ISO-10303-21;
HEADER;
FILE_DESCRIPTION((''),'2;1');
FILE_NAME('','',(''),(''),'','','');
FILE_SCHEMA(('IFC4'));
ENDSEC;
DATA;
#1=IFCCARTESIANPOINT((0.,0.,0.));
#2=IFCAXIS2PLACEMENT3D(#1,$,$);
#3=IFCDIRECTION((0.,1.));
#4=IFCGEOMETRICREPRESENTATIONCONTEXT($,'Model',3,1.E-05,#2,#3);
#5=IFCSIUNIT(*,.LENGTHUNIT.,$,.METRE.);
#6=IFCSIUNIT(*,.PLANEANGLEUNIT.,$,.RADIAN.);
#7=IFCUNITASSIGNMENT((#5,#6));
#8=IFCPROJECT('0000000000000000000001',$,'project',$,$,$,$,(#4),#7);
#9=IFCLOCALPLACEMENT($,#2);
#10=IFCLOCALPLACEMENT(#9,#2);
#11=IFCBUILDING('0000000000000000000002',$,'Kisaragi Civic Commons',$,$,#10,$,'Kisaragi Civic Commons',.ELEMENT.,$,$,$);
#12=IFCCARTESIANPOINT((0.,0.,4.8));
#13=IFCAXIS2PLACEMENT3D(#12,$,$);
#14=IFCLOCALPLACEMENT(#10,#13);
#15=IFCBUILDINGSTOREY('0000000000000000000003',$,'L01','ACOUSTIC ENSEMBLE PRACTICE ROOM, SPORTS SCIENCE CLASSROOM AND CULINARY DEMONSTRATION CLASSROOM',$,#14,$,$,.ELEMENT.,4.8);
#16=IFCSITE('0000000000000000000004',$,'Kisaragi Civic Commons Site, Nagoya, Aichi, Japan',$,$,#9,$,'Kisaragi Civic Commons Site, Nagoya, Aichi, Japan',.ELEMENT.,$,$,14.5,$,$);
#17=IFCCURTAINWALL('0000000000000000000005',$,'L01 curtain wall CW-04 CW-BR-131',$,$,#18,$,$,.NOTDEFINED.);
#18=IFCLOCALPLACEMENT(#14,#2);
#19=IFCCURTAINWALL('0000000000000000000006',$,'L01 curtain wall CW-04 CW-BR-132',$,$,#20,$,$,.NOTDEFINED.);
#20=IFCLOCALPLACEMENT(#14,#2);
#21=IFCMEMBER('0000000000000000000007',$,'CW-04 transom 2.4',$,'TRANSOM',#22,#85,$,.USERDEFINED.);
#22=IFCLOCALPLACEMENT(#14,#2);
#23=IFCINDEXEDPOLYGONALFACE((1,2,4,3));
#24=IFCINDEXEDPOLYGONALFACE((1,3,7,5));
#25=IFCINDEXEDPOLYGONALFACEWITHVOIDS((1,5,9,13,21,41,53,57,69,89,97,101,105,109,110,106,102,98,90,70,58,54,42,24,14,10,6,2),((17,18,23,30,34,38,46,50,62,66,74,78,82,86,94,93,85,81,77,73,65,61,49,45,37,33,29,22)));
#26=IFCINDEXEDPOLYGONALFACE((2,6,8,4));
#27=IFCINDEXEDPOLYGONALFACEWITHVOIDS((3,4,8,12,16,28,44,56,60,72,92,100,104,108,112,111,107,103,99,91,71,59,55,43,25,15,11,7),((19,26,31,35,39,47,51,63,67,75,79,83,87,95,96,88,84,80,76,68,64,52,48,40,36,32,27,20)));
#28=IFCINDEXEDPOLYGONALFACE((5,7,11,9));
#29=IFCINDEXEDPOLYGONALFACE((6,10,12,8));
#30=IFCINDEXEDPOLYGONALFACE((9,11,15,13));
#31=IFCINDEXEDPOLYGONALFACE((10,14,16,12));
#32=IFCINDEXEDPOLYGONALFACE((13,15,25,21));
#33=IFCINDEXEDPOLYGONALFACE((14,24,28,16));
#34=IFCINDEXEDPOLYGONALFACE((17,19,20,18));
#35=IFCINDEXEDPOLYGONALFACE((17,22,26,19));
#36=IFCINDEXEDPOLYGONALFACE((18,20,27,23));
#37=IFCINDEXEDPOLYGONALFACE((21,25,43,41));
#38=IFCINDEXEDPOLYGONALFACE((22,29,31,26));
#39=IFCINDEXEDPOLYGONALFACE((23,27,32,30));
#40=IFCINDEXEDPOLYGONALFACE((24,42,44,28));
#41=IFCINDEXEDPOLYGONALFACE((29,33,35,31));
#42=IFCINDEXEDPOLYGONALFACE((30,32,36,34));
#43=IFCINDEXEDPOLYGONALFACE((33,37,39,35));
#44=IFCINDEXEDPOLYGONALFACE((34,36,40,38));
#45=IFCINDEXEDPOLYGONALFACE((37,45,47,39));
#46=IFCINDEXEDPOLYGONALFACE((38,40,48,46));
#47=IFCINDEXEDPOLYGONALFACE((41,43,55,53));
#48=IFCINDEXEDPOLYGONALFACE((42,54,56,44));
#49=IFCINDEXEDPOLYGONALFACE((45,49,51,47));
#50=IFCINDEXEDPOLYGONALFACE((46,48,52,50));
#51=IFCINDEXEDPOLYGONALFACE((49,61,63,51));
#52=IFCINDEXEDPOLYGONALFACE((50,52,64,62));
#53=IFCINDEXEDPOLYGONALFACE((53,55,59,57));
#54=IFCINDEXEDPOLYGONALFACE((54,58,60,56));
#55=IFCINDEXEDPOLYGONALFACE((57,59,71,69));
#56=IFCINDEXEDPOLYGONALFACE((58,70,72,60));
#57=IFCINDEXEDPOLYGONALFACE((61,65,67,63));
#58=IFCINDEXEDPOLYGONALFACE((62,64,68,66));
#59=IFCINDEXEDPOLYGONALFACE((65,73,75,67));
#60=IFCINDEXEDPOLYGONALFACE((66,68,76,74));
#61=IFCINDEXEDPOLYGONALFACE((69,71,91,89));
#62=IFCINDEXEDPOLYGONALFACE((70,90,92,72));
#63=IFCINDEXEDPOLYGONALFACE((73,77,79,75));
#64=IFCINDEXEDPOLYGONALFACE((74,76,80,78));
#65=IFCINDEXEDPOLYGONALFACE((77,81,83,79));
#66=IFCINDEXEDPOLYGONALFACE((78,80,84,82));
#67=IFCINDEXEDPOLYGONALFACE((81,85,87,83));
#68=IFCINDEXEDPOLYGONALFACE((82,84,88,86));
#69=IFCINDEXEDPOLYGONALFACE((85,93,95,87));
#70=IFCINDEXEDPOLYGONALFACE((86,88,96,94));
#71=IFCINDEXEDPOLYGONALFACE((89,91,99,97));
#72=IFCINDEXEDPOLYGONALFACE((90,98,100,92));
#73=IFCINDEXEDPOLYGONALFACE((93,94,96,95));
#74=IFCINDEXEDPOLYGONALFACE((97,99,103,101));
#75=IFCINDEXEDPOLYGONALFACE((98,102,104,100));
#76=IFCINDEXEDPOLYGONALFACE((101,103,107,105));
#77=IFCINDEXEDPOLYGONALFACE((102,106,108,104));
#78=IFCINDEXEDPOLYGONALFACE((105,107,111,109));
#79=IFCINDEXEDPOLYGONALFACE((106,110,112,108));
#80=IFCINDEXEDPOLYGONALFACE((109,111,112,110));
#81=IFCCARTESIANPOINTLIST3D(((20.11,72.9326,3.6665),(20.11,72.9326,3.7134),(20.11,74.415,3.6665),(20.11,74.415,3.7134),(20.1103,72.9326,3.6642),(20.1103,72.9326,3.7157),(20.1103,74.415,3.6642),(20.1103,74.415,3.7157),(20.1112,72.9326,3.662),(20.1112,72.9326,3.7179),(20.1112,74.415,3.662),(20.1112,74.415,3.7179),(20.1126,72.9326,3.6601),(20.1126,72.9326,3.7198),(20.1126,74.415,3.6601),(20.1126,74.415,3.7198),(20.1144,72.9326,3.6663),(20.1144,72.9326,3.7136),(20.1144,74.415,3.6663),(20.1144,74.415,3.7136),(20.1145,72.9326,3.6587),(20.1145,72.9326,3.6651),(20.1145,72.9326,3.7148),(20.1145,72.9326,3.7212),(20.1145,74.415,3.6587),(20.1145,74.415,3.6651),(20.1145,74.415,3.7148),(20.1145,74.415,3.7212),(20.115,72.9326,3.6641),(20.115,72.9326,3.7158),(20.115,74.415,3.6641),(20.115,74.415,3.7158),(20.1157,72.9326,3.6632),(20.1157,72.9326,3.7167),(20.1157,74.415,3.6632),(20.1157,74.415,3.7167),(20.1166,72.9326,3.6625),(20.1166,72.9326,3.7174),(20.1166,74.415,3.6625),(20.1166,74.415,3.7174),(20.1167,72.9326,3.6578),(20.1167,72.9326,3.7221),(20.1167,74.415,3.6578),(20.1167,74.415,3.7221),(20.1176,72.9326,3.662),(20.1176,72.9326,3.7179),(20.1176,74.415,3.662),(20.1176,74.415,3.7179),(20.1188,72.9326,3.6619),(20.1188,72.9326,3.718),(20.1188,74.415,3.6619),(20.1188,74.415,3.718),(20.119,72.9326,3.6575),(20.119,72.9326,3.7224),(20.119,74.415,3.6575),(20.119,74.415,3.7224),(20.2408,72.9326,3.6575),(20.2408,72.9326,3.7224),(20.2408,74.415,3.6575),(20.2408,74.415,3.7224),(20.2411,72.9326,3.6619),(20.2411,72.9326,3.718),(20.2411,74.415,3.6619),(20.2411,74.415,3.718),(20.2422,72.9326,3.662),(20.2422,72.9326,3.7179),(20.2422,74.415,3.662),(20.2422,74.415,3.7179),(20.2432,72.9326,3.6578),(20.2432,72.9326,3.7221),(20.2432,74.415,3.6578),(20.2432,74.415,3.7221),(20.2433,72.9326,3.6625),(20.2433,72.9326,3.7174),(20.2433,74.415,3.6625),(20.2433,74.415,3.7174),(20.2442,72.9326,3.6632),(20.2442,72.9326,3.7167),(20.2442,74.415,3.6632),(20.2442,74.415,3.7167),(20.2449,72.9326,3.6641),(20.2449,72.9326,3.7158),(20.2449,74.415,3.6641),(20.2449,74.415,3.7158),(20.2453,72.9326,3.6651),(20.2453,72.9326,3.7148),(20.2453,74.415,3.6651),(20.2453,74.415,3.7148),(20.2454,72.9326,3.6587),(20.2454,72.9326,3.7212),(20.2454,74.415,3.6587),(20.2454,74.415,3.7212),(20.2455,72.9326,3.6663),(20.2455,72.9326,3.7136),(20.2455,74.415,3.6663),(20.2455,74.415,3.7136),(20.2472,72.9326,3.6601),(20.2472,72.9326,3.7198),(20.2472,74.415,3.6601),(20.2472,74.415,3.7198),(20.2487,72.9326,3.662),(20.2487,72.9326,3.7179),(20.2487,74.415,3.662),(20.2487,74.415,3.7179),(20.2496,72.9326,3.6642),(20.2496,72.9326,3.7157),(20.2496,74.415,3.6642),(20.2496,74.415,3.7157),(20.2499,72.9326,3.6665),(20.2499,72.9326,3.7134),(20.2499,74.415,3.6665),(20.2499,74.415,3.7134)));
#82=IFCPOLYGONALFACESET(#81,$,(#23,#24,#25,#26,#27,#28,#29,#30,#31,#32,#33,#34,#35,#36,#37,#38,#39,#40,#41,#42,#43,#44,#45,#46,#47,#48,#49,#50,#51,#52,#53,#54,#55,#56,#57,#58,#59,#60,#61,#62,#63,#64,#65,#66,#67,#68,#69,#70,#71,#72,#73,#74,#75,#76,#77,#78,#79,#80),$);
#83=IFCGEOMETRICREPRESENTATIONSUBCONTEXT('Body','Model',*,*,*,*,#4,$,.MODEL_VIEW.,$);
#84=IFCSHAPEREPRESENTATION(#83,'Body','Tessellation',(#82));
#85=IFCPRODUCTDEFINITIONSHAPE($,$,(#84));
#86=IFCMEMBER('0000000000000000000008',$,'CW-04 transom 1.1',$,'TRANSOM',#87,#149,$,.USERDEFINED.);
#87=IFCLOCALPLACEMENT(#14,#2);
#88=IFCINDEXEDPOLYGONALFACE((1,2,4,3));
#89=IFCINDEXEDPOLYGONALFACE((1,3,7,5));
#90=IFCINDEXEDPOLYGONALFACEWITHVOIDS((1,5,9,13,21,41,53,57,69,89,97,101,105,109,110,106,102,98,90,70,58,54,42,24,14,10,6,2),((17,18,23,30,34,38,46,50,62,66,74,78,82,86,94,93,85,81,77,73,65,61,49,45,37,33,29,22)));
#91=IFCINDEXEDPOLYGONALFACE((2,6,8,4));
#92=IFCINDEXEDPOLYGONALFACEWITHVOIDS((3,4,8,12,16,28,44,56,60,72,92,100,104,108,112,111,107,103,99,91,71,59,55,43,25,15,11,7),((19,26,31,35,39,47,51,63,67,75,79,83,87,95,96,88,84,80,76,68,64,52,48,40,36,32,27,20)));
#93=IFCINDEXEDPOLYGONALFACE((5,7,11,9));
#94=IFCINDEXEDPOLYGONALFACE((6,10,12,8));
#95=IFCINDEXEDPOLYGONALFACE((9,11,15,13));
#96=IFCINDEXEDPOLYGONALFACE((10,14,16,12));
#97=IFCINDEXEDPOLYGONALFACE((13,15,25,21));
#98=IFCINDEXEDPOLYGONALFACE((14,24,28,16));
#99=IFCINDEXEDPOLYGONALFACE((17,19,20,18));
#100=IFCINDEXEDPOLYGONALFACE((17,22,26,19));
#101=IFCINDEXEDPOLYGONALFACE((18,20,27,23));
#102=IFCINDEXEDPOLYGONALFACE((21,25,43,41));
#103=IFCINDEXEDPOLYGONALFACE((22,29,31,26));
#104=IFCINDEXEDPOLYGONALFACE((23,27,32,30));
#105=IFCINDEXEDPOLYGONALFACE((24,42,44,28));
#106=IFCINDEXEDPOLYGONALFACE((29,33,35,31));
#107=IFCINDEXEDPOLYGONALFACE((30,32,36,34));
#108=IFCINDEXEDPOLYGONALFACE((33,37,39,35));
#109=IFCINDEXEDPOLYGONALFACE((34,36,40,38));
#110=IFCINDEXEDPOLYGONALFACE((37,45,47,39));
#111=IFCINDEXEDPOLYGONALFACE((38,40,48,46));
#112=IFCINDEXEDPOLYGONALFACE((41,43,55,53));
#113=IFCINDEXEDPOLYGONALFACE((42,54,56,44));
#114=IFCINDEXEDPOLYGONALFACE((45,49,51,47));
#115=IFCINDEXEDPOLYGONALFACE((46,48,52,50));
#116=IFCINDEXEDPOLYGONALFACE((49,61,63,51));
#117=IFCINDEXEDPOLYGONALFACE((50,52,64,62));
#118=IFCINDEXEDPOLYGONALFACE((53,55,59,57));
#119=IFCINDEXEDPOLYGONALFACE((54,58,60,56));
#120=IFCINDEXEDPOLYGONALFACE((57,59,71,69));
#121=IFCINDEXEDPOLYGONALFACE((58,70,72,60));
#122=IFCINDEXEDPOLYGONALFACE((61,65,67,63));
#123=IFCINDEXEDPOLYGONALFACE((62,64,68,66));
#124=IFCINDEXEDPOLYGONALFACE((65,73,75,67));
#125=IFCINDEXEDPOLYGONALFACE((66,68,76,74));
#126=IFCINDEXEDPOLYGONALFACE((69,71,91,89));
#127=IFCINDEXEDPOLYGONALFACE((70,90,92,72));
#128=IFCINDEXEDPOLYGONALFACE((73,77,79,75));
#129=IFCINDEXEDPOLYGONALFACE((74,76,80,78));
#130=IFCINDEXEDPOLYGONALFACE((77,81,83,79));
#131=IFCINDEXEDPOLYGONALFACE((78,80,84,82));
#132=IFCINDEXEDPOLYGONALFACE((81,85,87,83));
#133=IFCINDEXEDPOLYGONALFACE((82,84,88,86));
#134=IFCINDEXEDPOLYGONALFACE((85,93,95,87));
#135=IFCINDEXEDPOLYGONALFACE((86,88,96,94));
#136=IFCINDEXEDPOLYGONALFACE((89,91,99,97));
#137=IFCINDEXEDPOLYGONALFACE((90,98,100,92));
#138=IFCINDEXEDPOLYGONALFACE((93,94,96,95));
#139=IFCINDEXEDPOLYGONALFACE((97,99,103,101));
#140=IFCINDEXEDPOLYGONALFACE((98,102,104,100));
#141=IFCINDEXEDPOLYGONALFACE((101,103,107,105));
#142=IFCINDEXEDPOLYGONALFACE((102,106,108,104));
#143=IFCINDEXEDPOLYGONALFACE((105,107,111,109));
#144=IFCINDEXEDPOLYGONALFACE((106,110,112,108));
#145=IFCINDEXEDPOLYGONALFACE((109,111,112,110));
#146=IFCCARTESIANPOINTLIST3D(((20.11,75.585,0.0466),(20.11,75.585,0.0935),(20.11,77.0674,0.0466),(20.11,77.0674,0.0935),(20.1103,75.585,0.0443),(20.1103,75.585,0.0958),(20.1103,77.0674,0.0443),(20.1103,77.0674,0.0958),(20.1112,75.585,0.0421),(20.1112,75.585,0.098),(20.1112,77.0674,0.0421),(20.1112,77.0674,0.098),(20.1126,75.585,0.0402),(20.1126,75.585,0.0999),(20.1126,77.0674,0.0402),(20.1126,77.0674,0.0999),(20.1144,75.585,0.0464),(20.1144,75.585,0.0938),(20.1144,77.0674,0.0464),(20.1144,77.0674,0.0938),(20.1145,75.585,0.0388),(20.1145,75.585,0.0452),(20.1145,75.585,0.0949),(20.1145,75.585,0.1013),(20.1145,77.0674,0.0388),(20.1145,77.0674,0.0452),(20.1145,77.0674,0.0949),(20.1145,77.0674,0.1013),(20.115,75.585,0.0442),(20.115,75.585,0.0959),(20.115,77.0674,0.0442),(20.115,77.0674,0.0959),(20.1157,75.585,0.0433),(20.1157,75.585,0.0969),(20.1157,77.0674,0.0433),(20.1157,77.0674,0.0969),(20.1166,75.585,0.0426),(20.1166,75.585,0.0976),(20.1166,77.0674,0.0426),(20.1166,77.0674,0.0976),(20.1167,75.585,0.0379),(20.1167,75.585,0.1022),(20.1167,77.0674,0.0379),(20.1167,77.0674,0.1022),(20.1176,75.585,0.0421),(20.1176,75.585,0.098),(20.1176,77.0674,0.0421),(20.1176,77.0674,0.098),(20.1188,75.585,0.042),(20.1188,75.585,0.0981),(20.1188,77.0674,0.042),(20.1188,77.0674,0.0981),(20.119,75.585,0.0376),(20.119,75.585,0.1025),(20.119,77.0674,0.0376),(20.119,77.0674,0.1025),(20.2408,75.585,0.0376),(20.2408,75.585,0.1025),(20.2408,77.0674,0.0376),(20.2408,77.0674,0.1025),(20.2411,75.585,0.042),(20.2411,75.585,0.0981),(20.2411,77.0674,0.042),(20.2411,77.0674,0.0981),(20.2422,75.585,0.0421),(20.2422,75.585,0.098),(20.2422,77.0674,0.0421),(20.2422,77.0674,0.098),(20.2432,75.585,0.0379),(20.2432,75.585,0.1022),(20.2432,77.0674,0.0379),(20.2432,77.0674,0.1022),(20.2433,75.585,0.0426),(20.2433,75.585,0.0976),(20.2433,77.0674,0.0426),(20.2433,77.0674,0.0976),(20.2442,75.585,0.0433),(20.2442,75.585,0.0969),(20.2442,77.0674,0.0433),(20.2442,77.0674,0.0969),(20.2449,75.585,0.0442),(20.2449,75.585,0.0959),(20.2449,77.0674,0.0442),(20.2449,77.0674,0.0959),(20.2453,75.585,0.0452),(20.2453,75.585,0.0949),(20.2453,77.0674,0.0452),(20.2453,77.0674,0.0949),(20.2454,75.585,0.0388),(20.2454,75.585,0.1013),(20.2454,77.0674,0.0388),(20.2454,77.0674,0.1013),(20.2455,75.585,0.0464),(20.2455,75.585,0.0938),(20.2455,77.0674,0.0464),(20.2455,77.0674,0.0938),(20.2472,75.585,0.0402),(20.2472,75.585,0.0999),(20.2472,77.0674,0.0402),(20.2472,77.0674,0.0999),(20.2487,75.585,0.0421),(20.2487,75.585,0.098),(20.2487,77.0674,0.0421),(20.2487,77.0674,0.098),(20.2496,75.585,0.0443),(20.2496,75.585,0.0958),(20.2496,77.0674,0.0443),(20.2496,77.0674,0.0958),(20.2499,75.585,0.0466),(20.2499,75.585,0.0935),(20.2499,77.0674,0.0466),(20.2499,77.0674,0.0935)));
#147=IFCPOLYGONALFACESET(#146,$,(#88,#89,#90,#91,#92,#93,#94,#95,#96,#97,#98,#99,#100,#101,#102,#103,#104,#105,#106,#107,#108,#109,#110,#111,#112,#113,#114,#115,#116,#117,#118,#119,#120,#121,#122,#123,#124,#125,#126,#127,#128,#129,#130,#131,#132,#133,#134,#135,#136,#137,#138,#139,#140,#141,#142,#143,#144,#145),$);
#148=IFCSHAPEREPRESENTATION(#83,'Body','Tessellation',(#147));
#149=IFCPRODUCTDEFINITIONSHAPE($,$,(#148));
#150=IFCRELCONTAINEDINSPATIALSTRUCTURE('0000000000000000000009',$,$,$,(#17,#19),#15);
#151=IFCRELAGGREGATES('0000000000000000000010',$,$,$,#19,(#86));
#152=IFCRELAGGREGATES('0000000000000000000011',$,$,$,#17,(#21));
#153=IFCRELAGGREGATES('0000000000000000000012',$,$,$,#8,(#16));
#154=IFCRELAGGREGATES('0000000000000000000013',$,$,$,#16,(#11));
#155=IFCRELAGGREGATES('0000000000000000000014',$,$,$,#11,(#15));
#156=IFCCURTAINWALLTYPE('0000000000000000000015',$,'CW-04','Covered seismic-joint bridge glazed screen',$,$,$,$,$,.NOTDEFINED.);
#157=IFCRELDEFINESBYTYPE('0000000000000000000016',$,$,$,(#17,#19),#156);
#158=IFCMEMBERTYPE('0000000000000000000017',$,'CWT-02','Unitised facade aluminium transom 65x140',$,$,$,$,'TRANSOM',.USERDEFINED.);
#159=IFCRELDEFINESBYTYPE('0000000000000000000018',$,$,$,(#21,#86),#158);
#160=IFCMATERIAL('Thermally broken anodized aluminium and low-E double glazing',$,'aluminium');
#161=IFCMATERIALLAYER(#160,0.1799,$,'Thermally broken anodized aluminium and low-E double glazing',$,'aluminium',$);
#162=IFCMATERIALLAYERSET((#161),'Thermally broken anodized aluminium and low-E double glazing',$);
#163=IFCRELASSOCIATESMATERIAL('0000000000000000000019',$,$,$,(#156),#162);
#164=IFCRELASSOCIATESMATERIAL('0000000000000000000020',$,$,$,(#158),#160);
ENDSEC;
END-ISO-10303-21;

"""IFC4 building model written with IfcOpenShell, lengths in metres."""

from ifc_helpers import new_model, si_unit, direction, frame, origin, origin_2d, place, context, subcontext, project, spatial, hollow_rectangle, extrude, material, layer, layer_set, material_profile, profile_set, type_object, element, aggregate, save


model = new_model("IFC4")

# Units and contexts
model_context = context("Model", 3, precision=1e-05, world=origin(), true_north=direction((0.0, 1.0)))
body_context = subcontext(model_context, "Body", "Model", "MODEL_VIEW")
ifc_project = project(units=[si_unit("LENGTHUNIT", "METRE"), si_unit("PLANEANGLEUNIT", "RADIAN")], contexts=[model_context])

# Site, building, storey
site_placement = place(None, origin())
site = spatial("IfcSite", under=ifc_project, at=site_placement, Name="Kisaragi Civic Commons Site, Nagoya, Aichi, Japan", LongName="Kisaragi Civic Commons Site, Nagoya, Aichi, Japan", CompositionType="ELEMENT", RefElevation=14.5)
building_placement = place(site_placement, origin())
building = spatial("IfcBuilding", under=site, at=building_placement, Name="Kisaragi Civic Commons", LongName="Kisaragi Civic Commons", CompositionType="ELEMENT")
storey_placement = place(building_placement, frame((0.0, 0.0, 4.8)))
storey = spatial("IfcBuildingStorey", under=building, at=storey_placement, Name="L01", Description="ACOUSTIC ENSEMBLE PRACTICE ROOM, SPORTS SCIENCE CLASSROOM AND CULINARY DEMONSTRATION CLASSROOM", CompositionType="ELEMENT", Elevation=4.8)

# Curtain walls
ifc_material_1 = material(Name="Thermally broken anodized aluminium and low-E double glazing", Category="aluminium")
ifc_layer_1 = layer(ifc_material_1, 0.1799, Name="Thermally broken anodized aluminium and low-E double glazing", Category="aluminium")
ifc_layer_set_1 = layer_set([ifc_layer_1], Name="Thermally broken anodized aluminium and low-E double glazing")
curtain_wall_type = type_object("IfcCurtainWallType", Name="CW-04", Description="Covered seismic-joint bridge glazed screen", PredefinedType="NOTDEFINED", material=ifc_layer_set_1)
curtain_wall_1_placement = place(storey_placement, origin())
curtain_wall_1 = element("IfcCurtainWall", 1, at=curtain_wall_1_placement, inside=storey, type_object=curtain_wall_type, Name="L01 curtain wall CW-04 CW-BR-131", PredefinedType="NOTDEFINED")
curtain_wall_2_placement = place(storey_placement, origin())
curtain_wall_2 = element("IfcCurtainWall", 2, at=curtain_wall_2_placement, inside=storey, type_object=curtain_wall_type, Name="L01 curtain wall CW-04 CW-BR-132", PredefinedType="NOTDEFINED")

# Members
ifc_material_profile_1 = material_profile(ifc_material_1, hollow_rectangle(XDim=0.1399, YDim=0.0649, WallThickness=0.0044, InnerFilletRadius=0.0044, OuterFilletRadius=0.009, at=origin_2d()), Name="CWT-65x140x4.5", Category="aluminium")
ifc_profile_set_1 = profile_set([ifc_material_profile_1], Name="Thermally broken anodized aluminium and low-E double glazing")
member_type_1 = type_object("IfcMemberType", Name="CWT-02", Description="Unitised facade aluminium transom 65x140", ElementType="TRANSOM", PredefinedType="USERDEFINED", material=ifc_profile_set_1)
member_1_placement = place(storey_placement, frame((20.1799, 72.9326, 3.6899), z_axis=(0.0, 1.0, 0.0), x_axis=(-1.0, 0.0, 0.0)))
member_1 = element("IfcMember", 3, at=member_1_placement, type_object=member_type_1, Name="CW-04 transom 2.4", ObjectType="TRANSOM", PredefinedType="USERDEFINED", context=body_context, shape_type="SweptSolid", body=[
    extrude(hollow_rectangle(XDim=0.1399, YDim=0.0649, WallThickness=0.0044, InnerFilletRadius=0.0044, OuterFilletRadius=0.009, at=origin_2d()), origin(), (0.0, 0.0, 1.0), 1.4824),
])
member_2_placement = place(storey_placement, frame((20.1799, 75.585, 0.0701), z_axis=(0.0, 1.0, 0.0), x_axis=(-1.0, 0.0, 0.0)))
member_2 = element("IfcMember", 4, at=member_2_placement, type_object=member_type_1, Name="CW-04 transom 1.1", ObjectType="TRANSOM", PredefinedType="USERDEFINED", context=body_context, shape_type="SweptSolid", body=[
    extrude(hollow_rectangle(XDim=0.1399, YDim=0.0649, WallThickness=0.0044, InnerFilletRadius=0.0044, OuterFilletRadius=0.009, at=origin_2d()), origin(), (0.0, 0.0, 1.0), 1.4824),
])
aggregate(curtain_wall_2, [member_2])

aggregate(curtain_wall_1, [member_1])

save(model, "model.ifc")
